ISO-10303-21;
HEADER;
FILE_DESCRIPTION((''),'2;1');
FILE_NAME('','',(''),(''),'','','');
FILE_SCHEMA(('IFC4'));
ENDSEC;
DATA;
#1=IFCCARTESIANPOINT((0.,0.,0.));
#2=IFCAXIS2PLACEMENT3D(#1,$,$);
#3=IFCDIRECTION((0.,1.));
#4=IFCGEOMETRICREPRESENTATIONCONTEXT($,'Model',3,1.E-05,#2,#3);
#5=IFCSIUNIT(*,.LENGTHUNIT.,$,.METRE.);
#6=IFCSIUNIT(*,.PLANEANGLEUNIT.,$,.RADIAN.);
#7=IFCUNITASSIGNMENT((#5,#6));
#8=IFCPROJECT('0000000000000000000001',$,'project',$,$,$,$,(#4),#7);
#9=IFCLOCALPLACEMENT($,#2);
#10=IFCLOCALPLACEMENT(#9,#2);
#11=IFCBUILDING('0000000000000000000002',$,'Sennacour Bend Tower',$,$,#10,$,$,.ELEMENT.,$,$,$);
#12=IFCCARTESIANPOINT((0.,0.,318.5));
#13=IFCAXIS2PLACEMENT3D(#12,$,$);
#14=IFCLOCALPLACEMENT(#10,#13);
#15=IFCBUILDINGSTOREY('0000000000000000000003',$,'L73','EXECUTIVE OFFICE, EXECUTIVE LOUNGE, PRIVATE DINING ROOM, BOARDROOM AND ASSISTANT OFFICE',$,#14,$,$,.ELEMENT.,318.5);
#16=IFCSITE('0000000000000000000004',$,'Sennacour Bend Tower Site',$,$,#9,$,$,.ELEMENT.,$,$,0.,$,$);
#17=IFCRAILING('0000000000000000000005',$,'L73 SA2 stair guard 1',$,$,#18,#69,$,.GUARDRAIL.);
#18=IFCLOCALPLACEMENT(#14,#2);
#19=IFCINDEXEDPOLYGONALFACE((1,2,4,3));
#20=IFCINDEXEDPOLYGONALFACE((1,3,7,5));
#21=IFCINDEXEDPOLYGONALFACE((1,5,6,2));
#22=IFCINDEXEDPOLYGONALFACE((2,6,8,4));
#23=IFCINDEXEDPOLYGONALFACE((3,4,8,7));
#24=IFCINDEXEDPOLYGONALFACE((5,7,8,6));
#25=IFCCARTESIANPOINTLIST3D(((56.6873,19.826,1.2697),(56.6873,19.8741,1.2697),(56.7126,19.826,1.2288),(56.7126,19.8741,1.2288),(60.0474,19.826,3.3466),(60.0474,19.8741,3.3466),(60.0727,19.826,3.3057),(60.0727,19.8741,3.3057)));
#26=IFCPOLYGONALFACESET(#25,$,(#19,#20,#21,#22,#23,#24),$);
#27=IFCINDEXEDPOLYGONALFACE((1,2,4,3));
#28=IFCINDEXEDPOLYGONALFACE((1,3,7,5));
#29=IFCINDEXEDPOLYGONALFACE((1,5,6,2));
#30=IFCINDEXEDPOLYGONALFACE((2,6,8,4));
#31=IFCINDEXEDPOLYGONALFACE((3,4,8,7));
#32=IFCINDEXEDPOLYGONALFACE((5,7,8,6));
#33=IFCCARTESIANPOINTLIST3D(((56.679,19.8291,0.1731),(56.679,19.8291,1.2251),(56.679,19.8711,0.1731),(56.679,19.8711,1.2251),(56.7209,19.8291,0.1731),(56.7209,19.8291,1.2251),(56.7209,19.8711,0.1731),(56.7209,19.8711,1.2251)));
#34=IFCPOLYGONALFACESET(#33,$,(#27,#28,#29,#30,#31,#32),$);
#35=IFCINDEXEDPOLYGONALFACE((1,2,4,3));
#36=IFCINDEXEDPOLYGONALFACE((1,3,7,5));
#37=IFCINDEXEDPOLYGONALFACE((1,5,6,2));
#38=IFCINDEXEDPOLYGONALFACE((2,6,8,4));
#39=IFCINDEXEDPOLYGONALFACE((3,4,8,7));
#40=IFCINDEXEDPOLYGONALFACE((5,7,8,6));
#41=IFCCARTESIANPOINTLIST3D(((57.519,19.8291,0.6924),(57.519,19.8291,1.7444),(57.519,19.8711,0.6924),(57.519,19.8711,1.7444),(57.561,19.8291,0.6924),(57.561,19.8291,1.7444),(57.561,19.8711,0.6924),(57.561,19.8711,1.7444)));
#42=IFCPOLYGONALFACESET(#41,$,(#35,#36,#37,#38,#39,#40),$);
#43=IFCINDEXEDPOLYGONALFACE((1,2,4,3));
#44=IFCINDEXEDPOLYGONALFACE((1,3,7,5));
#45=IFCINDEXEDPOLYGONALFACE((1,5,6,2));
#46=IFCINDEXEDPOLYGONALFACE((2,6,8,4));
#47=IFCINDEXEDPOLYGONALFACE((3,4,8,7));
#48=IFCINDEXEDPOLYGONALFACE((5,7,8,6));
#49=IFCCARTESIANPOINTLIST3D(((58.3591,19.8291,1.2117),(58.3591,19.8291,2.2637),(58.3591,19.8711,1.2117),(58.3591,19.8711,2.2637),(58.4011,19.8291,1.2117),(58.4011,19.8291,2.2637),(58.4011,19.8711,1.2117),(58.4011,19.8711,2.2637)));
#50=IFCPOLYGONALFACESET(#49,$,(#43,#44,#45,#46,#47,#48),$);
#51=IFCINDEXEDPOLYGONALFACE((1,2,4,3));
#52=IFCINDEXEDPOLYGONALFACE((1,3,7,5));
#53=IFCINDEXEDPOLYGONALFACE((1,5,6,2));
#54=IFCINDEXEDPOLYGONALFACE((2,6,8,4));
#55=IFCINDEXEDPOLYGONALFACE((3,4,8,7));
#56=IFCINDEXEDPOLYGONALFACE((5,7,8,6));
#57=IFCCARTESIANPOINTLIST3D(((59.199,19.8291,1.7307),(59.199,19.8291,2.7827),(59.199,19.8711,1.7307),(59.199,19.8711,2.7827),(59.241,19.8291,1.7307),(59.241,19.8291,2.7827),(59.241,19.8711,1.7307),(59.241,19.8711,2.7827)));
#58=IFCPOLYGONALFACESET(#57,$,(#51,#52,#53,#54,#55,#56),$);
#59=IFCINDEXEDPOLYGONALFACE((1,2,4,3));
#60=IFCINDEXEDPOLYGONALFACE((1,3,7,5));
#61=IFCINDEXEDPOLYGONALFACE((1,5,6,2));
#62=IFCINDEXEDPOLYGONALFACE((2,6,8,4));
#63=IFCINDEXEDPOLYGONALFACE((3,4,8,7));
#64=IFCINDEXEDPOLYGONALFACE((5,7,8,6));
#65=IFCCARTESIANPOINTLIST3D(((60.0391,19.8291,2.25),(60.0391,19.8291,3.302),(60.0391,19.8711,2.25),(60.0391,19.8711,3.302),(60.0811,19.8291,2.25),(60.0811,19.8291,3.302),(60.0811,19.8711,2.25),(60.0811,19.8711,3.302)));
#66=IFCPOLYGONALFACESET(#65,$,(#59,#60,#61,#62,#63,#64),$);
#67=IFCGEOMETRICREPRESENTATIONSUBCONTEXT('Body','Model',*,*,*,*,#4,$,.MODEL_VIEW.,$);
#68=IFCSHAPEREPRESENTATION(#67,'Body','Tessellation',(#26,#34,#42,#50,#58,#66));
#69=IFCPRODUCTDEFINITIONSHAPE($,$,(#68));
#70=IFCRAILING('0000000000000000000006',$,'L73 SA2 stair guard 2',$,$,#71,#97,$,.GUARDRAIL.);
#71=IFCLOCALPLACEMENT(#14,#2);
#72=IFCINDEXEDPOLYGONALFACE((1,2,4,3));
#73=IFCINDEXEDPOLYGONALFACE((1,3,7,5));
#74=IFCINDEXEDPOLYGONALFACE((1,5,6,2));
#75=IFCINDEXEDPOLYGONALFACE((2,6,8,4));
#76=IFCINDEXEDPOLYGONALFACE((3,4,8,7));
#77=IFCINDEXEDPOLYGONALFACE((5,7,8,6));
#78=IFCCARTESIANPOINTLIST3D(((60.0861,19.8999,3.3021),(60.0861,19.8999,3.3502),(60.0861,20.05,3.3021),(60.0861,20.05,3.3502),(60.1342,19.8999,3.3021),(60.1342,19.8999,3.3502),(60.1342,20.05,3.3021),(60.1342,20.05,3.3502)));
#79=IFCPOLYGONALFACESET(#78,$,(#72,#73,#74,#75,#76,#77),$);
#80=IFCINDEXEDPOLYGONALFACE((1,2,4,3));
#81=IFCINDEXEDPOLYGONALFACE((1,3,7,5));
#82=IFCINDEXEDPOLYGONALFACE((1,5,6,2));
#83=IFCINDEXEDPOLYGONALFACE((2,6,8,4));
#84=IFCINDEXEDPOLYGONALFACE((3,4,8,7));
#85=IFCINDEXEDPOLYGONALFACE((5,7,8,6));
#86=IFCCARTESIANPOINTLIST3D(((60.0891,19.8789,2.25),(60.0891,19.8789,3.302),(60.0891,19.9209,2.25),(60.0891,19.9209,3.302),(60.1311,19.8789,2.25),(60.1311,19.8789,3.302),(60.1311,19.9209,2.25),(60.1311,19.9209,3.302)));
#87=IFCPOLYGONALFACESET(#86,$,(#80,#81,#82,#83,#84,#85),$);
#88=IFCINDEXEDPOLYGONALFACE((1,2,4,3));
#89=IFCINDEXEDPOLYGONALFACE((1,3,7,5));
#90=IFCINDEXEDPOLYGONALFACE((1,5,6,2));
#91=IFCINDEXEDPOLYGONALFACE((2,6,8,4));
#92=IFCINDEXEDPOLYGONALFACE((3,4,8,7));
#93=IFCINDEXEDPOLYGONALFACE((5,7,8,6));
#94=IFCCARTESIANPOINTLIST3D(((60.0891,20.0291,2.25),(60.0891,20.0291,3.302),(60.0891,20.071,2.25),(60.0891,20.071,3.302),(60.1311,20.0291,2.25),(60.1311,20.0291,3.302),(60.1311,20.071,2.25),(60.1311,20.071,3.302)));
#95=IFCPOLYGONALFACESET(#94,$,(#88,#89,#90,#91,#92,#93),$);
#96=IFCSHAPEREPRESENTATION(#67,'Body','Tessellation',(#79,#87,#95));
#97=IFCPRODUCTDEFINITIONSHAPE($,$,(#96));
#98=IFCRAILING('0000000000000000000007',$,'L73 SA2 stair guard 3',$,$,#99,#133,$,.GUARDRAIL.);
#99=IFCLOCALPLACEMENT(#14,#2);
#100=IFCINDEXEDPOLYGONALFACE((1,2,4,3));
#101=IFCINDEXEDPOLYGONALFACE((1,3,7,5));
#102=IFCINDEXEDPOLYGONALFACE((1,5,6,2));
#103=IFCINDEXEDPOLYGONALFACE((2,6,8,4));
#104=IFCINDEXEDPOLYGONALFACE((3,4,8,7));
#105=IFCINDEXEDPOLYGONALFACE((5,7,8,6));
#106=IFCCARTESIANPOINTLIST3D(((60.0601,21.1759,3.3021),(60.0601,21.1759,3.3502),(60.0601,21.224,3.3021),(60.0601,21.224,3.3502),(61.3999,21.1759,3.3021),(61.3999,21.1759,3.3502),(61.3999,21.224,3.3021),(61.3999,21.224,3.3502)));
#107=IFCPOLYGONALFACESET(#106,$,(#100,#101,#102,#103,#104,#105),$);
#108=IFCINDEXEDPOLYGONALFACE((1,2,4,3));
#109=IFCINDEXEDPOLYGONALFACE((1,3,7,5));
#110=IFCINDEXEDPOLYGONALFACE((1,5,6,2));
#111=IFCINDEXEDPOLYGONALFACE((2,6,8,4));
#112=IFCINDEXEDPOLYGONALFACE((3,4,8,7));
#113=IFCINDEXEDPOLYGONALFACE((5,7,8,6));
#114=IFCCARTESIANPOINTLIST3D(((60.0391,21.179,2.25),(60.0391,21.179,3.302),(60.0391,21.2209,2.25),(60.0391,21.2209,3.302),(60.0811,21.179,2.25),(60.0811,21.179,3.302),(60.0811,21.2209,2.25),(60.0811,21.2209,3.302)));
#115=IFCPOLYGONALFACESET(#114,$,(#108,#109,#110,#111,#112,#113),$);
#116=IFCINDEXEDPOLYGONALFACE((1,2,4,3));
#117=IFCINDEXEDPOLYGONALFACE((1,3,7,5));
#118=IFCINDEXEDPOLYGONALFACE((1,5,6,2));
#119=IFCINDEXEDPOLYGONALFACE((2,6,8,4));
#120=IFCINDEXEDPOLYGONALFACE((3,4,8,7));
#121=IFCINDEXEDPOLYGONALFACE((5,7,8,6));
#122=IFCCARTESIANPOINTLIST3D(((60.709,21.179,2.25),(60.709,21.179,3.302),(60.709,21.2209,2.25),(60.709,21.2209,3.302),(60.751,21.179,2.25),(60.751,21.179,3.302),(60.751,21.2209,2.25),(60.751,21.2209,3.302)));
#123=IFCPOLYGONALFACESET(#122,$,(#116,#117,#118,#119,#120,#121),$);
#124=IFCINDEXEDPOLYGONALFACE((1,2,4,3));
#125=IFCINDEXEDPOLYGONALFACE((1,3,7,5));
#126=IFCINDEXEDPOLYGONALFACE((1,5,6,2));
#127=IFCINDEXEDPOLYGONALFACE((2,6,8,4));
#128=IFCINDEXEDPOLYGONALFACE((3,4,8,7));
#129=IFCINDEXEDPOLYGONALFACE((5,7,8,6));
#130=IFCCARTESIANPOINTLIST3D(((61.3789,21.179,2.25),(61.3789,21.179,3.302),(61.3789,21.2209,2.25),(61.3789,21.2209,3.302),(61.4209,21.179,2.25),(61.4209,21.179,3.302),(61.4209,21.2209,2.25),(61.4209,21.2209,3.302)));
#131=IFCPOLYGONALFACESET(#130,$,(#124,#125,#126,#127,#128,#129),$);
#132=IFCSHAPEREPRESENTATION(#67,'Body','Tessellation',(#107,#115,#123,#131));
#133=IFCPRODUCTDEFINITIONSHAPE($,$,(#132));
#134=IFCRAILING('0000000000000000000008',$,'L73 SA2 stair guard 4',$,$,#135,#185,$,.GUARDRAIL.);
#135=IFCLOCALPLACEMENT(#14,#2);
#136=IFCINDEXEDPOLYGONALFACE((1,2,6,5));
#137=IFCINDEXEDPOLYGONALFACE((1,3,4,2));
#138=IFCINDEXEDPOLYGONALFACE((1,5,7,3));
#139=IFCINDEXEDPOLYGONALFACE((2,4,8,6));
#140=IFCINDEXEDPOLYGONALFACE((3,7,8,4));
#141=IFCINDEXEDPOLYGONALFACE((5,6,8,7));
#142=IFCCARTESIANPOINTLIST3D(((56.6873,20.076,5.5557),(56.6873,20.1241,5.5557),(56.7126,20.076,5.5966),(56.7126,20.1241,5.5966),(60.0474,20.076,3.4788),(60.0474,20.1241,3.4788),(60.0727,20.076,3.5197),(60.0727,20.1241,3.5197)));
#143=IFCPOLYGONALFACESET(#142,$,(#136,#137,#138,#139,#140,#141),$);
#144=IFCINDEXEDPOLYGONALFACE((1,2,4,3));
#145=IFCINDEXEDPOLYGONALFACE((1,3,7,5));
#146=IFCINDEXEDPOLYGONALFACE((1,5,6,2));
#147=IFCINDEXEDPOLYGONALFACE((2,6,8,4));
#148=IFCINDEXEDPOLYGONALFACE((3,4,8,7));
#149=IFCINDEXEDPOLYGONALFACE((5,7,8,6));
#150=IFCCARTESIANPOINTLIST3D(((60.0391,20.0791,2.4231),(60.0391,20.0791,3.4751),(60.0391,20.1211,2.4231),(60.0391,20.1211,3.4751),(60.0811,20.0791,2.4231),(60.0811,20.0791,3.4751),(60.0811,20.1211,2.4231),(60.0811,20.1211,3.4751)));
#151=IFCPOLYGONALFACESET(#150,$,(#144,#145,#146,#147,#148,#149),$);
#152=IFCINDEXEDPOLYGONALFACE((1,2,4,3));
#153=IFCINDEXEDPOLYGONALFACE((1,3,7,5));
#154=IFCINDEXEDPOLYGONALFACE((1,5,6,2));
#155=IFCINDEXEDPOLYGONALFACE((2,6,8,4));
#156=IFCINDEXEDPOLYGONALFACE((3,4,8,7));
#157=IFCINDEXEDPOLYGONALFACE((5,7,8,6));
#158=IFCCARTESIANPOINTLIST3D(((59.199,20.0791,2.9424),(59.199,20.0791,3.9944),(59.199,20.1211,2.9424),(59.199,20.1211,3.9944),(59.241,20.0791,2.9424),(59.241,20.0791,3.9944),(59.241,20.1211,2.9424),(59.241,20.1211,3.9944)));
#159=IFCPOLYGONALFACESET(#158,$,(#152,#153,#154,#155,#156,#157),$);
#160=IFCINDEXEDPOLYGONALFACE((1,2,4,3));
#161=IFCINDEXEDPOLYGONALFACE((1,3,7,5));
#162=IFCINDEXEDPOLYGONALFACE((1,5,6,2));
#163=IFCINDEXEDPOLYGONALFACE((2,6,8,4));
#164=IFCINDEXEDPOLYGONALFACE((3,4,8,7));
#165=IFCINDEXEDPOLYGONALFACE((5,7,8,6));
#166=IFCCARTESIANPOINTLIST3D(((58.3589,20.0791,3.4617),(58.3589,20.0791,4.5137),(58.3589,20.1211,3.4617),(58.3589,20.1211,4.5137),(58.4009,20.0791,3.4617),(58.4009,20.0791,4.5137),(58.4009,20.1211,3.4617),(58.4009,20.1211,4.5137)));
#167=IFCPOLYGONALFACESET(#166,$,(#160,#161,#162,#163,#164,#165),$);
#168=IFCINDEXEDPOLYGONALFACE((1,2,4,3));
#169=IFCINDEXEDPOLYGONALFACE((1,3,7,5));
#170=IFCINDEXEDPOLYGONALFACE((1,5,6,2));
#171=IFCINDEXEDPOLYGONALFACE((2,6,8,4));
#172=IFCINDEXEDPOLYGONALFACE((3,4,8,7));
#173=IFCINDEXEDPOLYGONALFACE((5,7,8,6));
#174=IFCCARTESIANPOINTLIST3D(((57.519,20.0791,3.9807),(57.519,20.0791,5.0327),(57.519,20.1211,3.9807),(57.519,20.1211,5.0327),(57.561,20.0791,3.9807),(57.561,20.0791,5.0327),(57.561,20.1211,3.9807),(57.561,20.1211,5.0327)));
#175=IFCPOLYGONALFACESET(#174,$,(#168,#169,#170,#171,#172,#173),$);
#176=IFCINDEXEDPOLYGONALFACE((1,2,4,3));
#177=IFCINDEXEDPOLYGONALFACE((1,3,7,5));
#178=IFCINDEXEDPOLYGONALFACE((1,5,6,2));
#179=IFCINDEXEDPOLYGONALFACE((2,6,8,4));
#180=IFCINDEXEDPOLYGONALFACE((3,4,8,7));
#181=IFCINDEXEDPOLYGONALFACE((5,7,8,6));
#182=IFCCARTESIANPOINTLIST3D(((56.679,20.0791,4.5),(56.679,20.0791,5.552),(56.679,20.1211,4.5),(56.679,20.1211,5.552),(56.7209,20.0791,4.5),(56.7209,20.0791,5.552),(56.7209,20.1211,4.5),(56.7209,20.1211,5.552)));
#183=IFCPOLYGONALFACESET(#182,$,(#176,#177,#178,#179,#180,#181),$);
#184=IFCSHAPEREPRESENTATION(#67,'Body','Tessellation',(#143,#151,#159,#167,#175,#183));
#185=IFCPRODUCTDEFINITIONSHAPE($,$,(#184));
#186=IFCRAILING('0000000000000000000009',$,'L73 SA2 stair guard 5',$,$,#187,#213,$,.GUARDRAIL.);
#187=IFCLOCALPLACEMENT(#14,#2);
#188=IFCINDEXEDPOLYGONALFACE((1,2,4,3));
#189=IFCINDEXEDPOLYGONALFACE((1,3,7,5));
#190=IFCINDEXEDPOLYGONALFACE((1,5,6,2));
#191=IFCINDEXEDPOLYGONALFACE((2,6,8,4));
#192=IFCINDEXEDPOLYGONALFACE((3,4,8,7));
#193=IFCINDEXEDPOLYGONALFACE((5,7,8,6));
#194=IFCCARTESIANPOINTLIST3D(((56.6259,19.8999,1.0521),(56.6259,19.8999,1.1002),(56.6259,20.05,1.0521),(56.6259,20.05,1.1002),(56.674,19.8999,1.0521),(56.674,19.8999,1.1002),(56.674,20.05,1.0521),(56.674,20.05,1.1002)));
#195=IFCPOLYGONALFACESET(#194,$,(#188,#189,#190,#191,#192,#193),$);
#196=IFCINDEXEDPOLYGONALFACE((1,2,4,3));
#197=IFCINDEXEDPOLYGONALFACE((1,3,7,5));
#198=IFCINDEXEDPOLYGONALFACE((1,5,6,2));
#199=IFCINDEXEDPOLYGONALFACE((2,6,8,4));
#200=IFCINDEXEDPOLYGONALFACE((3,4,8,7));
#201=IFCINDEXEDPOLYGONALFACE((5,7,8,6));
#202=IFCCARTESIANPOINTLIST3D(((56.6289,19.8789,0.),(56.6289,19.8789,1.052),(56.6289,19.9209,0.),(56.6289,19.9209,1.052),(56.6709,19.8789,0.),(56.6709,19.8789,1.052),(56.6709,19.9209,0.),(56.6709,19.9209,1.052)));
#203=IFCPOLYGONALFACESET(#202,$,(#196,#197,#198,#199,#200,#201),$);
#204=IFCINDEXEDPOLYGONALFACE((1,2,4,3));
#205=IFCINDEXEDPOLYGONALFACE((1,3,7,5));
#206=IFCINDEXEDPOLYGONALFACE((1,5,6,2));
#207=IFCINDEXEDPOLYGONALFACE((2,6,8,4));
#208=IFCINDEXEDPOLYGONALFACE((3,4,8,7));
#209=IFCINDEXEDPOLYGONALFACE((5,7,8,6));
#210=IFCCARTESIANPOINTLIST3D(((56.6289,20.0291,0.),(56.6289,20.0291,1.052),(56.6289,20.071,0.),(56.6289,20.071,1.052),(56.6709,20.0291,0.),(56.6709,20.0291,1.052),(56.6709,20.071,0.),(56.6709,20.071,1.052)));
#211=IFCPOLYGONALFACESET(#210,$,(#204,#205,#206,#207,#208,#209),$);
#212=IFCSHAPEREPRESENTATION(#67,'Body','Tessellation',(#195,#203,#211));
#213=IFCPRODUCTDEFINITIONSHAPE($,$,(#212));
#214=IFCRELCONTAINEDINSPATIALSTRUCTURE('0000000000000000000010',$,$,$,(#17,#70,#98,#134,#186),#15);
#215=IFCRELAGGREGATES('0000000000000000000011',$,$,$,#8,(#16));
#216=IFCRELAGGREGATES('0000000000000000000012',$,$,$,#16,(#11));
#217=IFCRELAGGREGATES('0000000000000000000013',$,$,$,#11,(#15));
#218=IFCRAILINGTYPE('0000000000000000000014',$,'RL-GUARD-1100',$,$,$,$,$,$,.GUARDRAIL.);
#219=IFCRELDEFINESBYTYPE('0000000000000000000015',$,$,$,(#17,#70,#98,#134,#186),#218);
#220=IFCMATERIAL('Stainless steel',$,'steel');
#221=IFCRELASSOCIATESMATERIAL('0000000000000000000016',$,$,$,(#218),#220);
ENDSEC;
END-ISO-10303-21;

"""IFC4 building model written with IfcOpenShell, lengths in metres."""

from ifc_helpers import new_model, si_unit, direction, frame, origin, origin_2d, place, context, subcontext, project, spatial, rectangle, extrude, material, type_object, element, save


model = new_model("IFC4")

# Units and contexts
model_context = context("Model", 3, precision=1e-05, world=origin(), true_north=direction((0.0, 1.0)))
body_context = subcontext(model_context, "Body", "Model", "MODEL_VIEW")
ifc_project = project(units=[si_unit("LENGTHUNIT", "METRE"), si_unit("PLANEANGLEUNIT", "RADIAN")], contexts=[model_context])

# Site, building, storey
site_placement = place(None, origin())
site = spatial("IfcSite", under=ifc_project, at=site_placement, Name="Sennacour Bend Tower Site", CompositionType="ELEMENT", RefElevation=0.0)
building_placement = place(site_placement, origin())
building = spatial("IfcBuilding", under=site, at=building_placement, Name="Sennacour Bend Tower", CompositionType="ELEMENT")
storey_placement = place(building_placement, frame((0.0, 0.0, 318.5)))
storey = spatial("IfcBuildingStorey", under=building, at=storey_placement, Name="L73", Description="EXECUTIVE OFFICE, EXECUTIVE LOUNGE, PRIVATE DINING ROOM, BOARDROOM AND ASSISTANT OFFICE", CompositionType="ELEMENT", Elevation=318.5)

# Shared definitions
ifc_material_1 = material(Name="Stainless steel", Category="steel")

# Railings
railing_type_1 = type_object("IfcRailingType", Name="RL-GUARD-1100", PredefinedType="GUARDRAIL", material=ifc_material_1)
railing_1_placement = place(storey_placement, frame((56.7, 19.8501, 0.1731)))
element("IfcRailing", 1, at=railing_1_placement, inside=storey, type_object=railing_type_1, Name="L73 SA2 stair guard 1", PredefinedType="GUARDRAIL", context=body_context, shape_type="SweptSolid", body=[
    extrude(rectangle(XDim=0.0481, YDim=0.0481, at=origin_2d()), frame((0.0, 0.0, 1.0762), z_axis=(0.850623, 0.0, 0.525776), x_axis=(0.0, 1.0, 0.0)), (0.0, 0.0, 1.0), 3.9502),
    extrude(rectangle(XDim=0.042, YDim=0.042, at=origin_2d()), origin(), (0.0, 0.0, 1.0), 1.052),
    extrude(rectangle(XDim=0.042, YDim=0.042, at=origin_2d()), frame((0.8401, 0.0, 0.5193)), (0.0, 0.0, 1.0), 1.052),
    extrude(rectangle(XDim=0.042, YDim=0.042, at=origin_2d()), frame((1.6802, 0.0, 1.0386)), (0.0, 0.0, 1.0), 1.052),
    extrude(rectangle(XDim=0.042, YDim=0.042, at=origin_2d()), frame((2.52, 0.0, 1.5576)), (0.0, 0.0, 1.0), 1.052),
    extrude(rectangle(XDim=0.042, YDim=0.042, at=origin_2d()), frame((3.3601, 0.0, 2.0769)), (0.0, 0.0, 1.0), 1.052),
])
railing_2_placement = place(storey_placement, frame((60.1101, 19.8999, 2.25)))
element("IfcRailing", 2, at=railing_2_placement, inside=storey, type_object=railing_type_1, Name="L73 SA2 stair guard 2", PredefinedType="GUARDRAIL", context=body_context, shape_type="SweptSolid", body=[
    extrude(rectangle(XDim=0.0481, YDim=0.0481, at=origin_2d()), frame((0.0, 0.0, 1.0762), z_axis=(0.0, 1.0, 0.0), x_axis=(-1.0, 0.0, 0.0)), (0.0, 0.0, 1.0), 0.1501),
    extrude(rectangle(XDim=0.042, YDim=0.042, at=origin_2d()), origin(), (0.0, 0.0, 1.0), 1.052),
    extrude(rectangle(XDim=0.042, YDim=0.042, at=origin_2d()), frame((0.0, 0.1501, 0.0)), (0.0, 0.0, 1.0), 1.052),
])
railing_3_placement = place(storey_placement, frame((60.0601, 21.2, 2.25)))
element("IfcRailing", 3, at=railing_3_placement, inside=storey, type_object=railing_type_1, Name="L73 SA2 stair guard 3", PredefinedType="GUARDRAIL", context=body_context, shape_type="SweptSolid", body=[
    extrude(rectangle(XDim=0.0481, YDim=0.0481, at=origin_2d()), frame((0.0, 0.0, 1.0762), z_axis=(1.0, 0.0, 0.0), x_axis=(0.0, 1.0, 0.0)), (0.0, 0.0, 1.0), 1.3398),
    extrude(rectangle(XDim=0.042, YDim=0.042, at=origin_2d()), origin(), (0.0, 0.0, 1.0), 1.052),
    extrude(rectangle(XDim=0.042, YDim=0.042, at=origin_2d()), frame((0.6699, 0.0, 0.0)), (0.0, 0.0, 1.0), 1.052),
    extrude(rectangle(XDim=0.042, YDim=0.042, at=origin_2d()), frame((1.3398, 0.0, 0.0)), (0.0, 0.0, 1.0), 1.052),
])
railing_4_placement = place(storey_placement, frame((60.0601, 20.1001, 2.4231)))
element("IfcRailing", 4, at=railing_4_placement, inside=storey, type_object=railing_type_1, Name="L73 SA2 stair guard 4", PredefinedType="GUARDRAIL", context=body_context, shape_type="SweptSolid", body=[
    extrude(rectangle(XDim=0.0481, YDim=0.0481, at=origin_2d()), frame((0.0, 0.0, 1.0762), z_axis=(-0.850623, 0.0, 0.525776), x_axis=(0.0, -1.0, 0.0)), (0.0, 0.0, 1.0), 3.9502),
    extrude(rectangle(XDim=0.042, YDim=0.042, at=origin_2d()), origin(), (0.0, 0.0, 1.0), 1.052),
    extrude(rectangle(XDim=0.042, YDim=0.042, at=origin_2d()), frame((-0.8401, 0.0, 0.5193)), (0.0, 0.0, 1.0), 1.052),
    extrude(rectangle(XDim=0.042, YDim=0.042, at=origin_2d()), frame((-1.6802, 0.0, 1.0386)), (0.0, 0.0, 1.0), 1.052),
    extrude(rectangle(XDim=0.042, YDim=0.042, at=origin_2d()), frame((-2.52, 0.0, 1.5576)), (0.0, 0.0, 1.0), 1.052),
    extrude(rectangle(XDim=0.042, YDim=0.042, at=origin_2d()), frame((-3.3601, 0.0, 2.0769)), (0.0, 0.0, 1.0), 1.052),
])
railing_5_placement = place(storey_placement, frame((56.6499, 19.8999, 0.0)))
element("IfcRailing", 5, at=railing_5_placement, inside=storey, type_object=railing_type_1, Name="L73 SA2 stair guard 5", PredefinedType="GUARDRAIL", context=body_context, shape_type="SweptSolid", body=[
    extrude(rectangle(XDim=0.0481, YDim=0.0481, at=origin_2d()), frame((0.0, 0.0, 1.0762), z_axis=(0.0, 1.0, 0.0), x_axis=(-1.0, 0.0, 0.0)), (0.0, 0.0, 1.0), 0.1501),
    extrude(rectangle(XDim=0.042, YDim=0.042, at=origin_2d()), origin(), (0.0, 0.0, 1.0), 1.052),
    extrude(rectangle(XDim=0.042, YDim=0.042, at=origin_2d()), frame((0.0, 0.1501, 0.0)), (0.0, 0.0, 1.0), 1.052),
])

save(model, "model.ifc")
